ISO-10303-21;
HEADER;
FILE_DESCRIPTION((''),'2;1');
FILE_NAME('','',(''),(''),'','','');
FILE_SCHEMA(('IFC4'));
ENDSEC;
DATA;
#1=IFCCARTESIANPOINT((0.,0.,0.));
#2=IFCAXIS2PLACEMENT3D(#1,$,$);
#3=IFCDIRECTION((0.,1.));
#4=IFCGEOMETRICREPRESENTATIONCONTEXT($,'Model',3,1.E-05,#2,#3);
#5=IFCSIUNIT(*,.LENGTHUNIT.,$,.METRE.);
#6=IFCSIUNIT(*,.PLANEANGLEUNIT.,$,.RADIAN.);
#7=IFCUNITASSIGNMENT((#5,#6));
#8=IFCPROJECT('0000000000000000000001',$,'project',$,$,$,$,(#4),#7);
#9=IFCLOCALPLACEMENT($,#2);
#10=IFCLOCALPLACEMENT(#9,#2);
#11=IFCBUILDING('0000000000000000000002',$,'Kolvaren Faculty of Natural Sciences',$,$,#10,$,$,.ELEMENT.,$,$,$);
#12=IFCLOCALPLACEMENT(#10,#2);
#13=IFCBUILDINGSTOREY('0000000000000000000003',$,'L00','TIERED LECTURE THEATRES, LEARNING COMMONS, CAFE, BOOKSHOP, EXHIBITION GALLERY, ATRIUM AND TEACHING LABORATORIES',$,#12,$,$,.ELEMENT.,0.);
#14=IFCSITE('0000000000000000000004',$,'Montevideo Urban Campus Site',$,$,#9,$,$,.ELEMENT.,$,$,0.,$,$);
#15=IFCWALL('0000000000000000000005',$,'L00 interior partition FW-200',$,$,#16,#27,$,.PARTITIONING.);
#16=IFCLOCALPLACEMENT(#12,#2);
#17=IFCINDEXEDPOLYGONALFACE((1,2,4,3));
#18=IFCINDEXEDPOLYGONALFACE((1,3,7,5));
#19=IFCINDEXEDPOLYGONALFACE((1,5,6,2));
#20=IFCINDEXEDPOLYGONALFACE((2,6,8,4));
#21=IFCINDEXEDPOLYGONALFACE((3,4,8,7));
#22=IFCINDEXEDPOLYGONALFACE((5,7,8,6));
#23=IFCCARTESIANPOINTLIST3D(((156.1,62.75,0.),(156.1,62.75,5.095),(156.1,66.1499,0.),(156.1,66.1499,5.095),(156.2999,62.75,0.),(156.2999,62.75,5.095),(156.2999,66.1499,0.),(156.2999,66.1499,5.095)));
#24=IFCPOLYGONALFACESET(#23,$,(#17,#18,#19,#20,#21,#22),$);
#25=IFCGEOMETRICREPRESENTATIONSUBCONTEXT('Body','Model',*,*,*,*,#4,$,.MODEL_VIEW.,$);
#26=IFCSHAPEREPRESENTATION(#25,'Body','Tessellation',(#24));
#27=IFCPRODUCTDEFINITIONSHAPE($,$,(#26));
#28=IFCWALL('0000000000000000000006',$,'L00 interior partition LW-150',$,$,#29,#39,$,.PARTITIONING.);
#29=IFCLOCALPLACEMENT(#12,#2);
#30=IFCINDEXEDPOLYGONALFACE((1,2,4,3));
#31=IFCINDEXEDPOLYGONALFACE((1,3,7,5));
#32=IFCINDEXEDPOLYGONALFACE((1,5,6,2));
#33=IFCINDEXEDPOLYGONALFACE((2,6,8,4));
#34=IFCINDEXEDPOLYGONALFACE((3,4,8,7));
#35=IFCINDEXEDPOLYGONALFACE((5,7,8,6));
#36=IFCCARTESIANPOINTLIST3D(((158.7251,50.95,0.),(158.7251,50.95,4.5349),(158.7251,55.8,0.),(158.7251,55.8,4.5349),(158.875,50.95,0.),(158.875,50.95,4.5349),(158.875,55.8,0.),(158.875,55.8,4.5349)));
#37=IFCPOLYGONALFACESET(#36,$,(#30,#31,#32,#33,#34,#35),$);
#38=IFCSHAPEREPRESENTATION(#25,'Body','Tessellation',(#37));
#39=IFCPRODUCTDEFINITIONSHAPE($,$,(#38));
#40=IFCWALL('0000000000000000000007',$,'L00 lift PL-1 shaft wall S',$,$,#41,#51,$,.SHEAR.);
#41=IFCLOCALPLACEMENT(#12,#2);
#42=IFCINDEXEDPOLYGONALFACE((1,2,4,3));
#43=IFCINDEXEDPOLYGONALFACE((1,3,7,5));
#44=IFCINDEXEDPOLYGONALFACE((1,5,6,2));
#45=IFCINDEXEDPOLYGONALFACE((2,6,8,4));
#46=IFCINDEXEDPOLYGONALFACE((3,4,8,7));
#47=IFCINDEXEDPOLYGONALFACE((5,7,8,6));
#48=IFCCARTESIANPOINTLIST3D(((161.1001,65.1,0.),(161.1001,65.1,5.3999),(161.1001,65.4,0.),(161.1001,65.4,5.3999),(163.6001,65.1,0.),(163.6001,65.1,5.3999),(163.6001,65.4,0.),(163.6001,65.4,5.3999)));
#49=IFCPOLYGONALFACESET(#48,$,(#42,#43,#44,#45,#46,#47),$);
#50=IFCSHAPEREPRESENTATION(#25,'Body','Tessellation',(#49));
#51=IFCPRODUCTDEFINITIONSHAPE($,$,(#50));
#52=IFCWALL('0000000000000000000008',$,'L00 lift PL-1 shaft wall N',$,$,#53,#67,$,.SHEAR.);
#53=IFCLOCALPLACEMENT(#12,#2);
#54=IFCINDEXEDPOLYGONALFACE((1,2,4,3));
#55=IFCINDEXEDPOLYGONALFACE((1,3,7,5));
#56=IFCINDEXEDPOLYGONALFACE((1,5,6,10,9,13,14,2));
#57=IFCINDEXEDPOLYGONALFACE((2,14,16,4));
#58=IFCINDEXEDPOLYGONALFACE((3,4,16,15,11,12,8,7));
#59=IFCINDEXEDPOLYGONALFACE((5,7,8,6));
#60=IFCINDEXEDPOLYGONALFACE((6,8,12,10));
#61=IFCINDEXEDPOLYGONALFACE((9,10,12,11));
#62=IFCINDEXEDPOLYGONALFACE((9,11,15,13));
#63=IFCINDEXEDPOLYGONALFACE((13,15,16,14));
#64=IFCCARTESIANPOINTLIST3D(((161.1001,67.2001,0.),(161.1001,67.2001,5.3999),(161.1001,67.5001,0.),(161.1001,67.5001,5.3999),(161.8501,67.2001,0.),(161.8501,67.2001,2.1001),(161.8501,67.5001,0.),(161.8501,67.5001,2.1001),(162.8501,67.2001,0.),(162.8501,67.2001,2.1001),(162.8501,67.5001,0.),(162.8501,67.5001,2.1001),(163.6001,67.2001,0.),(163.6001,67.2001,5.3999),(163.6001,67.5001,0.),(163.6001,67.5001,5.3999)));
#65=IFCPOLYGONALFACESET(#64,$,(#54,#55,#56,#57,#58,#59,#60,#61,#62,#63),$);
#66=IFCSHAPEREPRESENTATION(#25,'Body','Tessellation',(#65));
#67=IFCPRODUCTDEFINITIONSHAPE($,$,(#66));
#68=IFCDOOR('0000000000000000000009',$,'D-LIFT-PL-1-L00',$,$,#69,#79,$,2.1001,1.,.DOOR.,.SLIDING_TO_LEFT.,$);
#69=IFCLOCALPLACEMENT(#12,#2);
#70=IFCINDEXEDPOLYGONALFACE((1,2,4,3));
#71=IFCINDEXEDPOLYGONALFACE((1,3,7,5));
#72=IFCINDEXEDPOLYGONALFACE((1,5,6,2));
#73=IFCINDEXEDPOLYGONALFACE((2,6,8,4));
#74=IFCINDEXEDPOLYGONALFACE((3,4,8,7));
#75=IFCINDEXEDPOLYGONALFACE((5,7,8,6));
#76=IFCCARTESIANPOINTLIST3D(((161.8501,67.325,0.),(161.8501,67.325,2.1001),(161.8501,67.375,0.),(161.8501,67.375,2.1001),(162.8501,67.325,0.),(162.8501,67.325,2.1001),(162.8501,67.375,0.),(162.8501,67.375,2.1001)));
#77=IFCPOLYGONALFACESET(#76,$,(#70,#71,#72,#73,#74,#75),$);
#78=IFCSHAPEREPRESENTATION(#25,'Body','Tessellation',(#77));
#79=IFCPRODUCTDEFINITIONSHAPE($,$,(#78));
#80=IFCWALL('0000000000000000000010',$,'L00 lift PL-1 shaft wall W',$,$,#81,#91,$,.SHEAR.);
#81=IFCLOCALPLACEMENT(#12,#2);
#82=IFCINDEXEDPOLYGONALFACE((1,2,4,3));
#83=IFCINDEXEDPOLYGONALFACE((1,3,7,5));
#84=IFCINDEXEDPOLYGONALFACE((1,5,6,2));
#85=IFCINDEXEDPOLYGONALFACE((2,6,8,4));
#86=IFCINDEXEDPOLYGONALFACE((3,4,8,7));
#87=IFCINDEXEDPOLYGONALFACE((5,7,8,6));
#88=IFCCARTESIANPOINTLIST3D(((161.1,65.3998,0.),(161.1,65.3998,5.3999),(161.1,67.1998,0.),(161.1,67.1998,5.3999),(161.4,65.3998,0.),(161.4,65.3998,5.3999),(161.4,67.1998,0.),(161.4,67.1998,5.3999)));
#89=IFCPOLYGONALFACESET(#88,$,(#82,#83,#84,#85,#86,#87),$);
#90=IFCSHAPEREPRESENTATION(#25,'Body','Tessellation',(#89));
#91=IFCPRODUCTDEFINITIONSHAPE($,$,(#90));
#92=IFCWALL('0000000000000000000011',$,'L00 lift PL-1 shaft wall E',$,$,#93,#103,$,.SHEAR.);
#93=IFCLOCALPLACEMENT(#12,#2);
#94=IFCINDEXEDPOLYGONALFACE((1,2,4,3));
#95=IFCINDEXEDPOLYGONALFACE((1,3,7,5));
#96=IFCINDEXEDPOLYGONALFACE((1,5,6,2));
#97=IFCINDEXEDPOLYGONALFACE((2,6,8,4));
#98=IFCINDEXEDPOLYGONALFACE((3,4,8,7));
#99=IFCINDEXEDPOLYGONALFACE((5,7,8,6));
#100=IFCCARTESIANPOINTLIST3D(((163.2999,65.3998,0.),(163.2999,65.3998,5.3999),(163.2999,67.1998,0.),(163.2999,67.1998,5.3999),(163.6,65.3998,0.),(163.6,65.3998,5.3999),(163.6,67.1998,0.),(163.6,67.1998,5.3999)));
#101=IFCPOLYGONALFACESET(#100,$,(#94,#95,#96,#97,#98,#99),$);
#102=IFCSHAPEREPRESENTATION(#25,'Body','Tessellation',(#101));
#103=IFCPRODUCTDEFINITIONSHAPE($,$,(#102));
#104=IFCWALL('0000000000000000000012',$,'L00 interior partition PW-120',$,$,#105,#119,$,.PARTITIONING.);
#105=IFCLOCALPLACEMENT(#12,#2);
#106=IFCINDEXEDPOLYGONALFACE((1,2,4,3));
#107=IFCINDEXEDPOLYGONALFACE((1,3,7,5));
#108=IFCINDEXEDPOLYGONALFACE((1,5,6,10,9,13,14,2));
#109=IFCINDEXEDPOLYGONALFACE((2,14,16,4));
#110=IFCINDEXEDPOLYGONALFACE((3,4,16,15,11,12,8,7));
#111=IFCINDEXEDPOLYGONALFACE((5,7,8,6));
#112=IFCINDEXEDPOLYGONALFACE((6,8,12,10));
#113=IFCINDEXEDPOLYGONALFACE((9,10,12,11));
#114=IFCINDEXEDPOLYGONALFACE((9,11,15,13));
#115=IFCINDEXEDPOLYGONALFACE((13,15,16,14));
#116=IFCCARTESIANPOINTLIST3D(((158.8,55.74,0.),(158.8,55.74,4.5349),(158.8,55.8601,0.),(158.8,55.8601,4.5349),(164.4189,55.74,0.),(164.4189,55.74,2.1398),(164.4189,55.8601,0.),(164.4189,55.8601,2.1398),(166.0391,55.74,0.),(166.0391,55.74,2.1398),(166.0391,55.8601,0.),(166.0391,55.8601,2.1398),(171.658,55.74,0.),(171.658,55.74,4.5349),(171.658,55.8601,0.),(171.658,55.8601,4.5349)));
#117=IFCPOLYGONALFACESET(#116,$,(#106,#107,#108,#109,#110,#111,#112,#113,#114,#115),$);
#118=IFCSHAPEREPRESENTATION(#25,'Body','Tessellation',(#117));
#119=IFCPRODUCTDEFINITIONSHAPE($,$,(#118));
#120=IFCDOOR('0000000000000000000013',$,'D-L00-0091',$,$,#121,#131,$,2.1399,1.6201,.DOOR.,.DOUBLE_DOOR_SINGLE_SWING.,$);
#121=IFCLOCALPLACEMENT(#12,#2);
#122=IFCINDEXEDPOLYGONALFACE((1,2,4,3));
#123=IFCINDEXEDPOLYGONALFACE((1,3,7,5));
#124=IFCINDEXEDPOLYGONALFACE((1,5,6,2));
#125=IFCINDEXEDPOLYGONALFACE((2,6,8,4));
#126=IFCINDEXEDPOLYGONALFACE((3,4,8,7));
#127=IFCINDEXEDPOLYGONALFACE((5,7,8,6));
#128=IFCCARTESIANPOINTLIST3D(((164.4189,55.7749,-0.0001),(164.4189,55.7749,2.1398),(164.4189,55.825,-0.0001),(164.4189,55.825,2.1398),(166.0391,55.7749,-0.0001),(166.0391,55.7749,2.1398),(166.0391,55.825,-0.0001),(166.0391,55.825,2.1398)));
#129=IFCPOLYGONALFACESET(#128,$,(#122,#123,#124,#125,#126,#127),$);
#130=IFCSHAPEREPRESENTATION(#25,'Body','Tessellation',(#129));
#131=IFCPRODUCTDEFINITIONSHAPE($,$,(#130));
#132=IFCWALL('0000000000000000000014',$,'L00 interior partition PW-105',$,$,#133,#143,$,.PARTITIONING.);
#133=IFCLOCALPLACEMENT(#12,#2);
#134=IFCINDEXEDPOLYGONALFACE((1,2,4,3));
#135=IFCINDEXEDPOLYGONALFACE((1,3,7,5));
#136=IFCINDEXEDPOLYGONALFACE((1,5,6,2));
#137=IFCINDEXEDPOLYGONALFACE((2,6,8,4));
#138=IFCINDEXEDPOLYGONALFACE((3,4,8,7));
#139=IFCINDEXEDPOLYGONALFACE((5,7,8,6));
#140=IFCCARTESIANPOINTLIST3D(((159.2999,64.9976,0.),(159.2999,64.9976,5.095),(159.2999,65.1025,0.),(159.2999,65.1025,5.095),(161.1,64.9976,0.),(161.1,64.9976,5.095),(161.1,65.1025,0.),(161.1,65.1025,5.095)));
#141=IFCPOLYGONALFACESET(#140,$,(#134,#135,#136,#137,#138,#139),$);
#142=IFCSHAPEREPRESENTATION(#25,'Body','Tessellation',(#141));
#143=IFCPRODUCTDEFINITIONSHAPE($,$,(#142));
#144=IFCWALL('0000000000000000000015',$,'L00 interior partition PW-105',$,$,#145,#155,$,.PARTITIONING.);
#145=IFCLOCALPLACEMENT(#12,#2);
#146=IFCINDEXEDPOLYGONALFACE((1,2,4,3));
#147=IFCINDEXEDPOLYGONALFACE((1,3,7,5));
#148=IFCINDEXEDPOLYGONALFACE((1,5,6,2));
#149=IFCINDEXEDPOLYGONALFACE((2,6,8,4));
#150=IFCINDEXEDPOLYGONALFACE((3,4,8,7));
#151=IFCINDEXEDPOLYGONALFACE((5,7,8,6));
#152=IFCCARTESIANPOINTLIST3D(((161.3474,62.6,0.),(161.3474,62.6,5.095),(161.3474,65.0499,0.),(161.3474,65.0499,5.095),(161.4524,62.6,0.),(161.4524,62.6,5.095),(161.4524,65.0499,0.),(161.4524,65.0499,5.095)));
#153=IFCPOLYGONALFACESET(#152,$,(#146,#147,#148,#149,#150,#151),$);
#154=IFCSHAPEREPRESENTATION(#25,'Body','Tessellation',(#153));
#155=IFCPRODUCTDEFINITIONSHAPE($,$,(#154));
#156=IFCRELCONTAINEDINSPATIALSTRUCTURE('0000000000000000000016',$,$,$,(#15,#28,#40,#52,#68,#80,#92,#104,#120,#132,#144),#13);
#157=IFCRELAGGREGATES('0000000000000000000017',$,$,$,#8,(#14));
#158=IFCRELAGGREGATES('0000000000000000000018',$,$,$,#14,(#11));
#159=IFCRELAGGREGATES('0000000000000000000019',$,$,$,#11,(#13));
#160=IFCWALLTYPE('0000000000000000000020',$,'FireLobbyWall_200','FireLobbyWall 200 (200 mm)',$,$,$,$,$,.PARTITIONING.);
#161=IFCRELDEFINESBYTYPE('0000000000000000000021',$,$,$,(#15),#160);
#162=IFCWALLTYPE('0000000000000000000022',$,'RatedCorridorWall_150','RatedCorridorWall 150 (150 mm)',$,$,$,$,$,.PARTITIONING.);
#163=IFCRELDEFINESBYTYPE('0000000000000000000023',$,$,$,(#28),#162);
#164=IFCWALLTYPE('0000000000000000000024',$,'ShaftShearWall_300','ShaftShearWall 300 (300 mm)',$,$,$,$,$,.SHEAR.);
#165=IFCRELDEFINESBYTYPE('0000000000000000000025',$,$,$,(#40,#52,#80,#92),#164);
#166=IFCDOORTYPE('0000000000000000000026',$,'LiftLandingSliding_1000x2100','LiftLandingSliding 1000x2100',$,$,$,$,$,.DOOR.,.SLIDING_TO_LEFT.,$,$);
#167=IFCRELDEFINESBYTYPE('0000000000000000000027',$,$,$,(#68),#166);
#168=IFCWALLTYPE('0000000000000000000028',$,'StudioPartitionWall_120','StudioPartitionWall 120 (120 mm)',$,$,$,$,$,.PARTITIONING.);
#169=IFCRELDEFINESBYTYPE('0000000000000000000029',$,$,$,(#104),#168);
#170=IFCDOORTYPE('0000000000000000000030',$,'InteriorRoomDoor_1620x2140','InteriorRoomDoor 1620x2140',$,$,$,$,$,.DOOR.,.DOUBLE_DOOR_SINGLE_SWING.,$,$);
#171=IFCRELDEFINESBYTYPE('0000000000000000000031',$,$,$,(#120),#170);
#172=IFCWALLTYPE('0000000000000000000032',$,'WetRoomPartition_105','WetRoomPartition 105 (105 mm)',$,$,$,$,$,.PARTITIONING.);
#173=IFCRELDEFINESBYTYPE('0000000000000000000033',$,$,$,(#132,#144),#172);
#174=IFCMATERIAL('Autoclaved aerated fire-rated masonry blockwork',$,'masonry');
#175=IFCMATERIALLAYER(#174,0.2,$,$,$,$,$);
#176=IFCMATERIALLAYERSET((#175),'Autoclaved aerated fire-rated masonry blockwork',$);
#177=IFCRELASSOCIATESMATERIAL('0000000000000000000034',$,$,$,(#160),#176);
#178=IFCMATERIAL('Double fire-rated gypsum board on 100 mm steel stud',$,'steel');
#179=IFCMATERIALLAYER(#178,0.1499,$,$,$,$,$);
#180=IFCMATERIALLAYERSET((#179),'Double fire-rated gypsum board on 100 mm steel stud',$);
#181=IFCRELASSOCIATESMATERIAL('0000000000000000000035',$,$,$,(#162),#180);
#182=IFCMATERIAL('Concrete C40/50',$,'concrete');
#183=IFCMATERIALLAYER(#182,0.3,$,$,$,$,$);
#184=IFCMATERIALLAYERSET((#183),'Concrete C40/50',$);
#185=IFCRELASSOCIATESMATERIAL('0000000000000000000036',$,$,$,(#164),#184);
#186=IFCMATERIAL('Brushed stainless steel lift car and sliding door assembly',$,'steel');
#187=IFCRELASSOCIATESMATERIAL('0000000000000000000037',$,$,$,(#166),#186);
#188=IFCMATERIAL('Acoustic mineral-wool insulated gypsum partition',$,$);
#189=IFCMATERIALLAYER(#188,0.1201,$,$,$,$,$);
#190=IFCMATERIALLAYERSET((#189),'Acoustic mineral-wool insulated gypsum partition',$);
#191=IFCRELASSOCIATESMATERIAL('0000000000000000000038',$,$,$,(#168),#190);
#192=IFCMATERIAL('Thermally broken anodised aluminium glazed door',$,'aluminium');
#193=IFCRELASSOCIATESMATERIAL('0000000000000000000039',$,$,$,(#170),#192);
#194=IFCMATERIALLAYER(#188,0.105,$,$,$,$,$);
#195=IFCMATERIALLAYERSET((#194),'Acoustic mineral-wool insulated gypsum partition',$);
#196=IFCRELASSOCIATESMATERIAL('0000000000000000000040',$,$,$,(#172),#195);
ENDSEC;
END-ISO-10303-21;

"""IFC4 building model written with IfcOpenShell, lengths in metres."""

from ifc_helpers import new_model, si_unit, direction, frame, frame_2d, origin, place, context, subcontext, project, spatial, rectangle, extrude, material, layer, layer_set, type_object, element, fill, save


model = new_model("IFC4")

# Units and contexts
model_context = context("Model", 3, precision=1e-05, world=origin(), true_north=direction((0.0, 1.0)))
body_context = subcontext(model_context, "Body", "Model", "MODEL_VIEW")
ifc_project = project(units=[si_unit("LENGTHUNIT", "METRE"), si_unit("PLANEANGLEUNIT", "RADIAN")], contexts=[model_context])

# Site, building, storey
site_placement = place(None, origin())
site = spatial("IfcSite", under=ifc_project, at=site_placement, Name="Montevideo Urban Campus Site", CompositionType="ELEMENT", RefElevation=0.0)
building_placement = place(site_placement, origin())
building = spatial("IfcBuilding", under=site, at=building_placement, Name="Kolvaren Faculty of Natural Sciences", CompositionType="ELEMENT")
storey_placement = place(building_placement, origin())
storey = spatial("IfcBuildingStorey", under=building, at=storey_placement, Name="L00", Description="TIERED LECTURE THEATRES, LEARNING COMMONS, CAFE, BOOKSHOP, EXHIBITION GALLERY, ATRIUM AND TEACHING LABORATORIES", CompositionType="ELEMENT", Elevation=0.0)

# Shared definitions
ifc_material_1 = material(Name="Concrete C40/50", Category="concrete")

# Shared definitions
ifc_material_2 = material(Name="Acoustic mineral-wool insulated gypsum partition")
ifc_material_3 = material(Name="Autoclaved aerated fire-rated masonry blockwork", Category="masonry")
ifc_layer_1 = layer(ifc_material_3, 0.2)
ifc_layer_set_1 = layer_set([ifc_layer_1], Name="Autoclaved aerated fire-rated masonry blockwork")
wall_type_1 = type_object("IfcWallType", Name="FireLobbyWall_200", Description="FireLobbyWall 200 (200 mm)", PredefinedType="PARTITIONING", material=ifc_layer_set_1)

# Wall
wall_1_placement = place(storey_placement, frame((156.2, 66.1499, 0.0), z_axis=(0.0, 0.0, 1.0), x_axis=(0.0, -1.0, 0.0)))
element("IfcWall", 1, at=wall_1_placement, inside=storey, type_object=wall_type_1, Name="L00 interior partition FW-200", PredefinedType="PARTITIONING", context=body_context, shape_type="SweptSolid", body=[
    extrude(rectangle(XDim=3.3999, YDim=0.2, at=frame_2d((1.7, 0.0))), origin(), (0.0, 0.0, 1.0), 5.095),
])

# Walls
ifc_material_4 = material(Name="Double fire-rated gypsum board on 100 mm steel stud", Category="steel")
ifc_layer_2 = layer(ifc_material_4, 0.1499)
ifc_layer_set_2 = layer_set([ifc_layer_2], Name="Double fire-rated gypsum board on 100 mm steel stud")
wall_type_2 = type_object("IfcWallType", Name="RatedCorridorWall_150", Description="RatedCorridorWall 150 (150 mm)", PredefinedType="PARTITIONING", material=ifc_layer_set_2)
wall_2_placement = place(storey_placement, frame((158.8, 55.8, 0.0), z_axis=(0.0, 0.0, 1.0), x_axis=(0.0, -1.0, 0.0)))
element("IfcWall", 2, at=wall_2_placement, inside=storey, type_object=wall_type_2, Name="L00 interior partition LW-150", PredefinedType="PARTITIONING", context=body_context, shape_type="SweptSolid", body=[
    extrude(rectangle(XDim=4.8501, YDim=0.1499, at=frame_2d((2.425, 0.0))), origin(), (0.0, 0.0, 1.0), 4.5349),
])
ifc_layer_3 = layer(ifc_material_1, 0.3)
ifc_layer_set_3 = layer_set([ifc_layer_3], Name="Concrete C40/50")
wall_type_3 = type_object("IfcWallType", Name="ShaftShearWall_300", Description="ShaftShearWall 300 (300 mm)", PredefinedType="SHEAR", material=ifc_layer_set_3)
wall_3_placement = place(storey_placement, frame((161.1001, 65.25, 0.0), z_axis=(0.0, 0.0, 1.0), x_axis=(1.0, 0.0, 0.0)))
element("IfcWall", 3, at=wall_3_placement, inside=storey, type_object=wall_type_3, Name="L00 lift PL-1 shaft wall S", PredefinedType="SHEAR", context=body_context, shape_type="SweptSolid", body=[
    extrude(rectangle(XDim=2.5, YDim=0.3, at=frame_2d((1.25, 0.0))), origin(), (0.0, 0.0, 1.0), 5.3999),
])

# Wall, opening, door
wall_4_placement = place(storey_placement, frame((161.1001, 67.3501, 0.0), z_axis=(0.0, 0.0, 1.0), x_axis=(1.0, 0.0, 0.0)))
wall_4 = element("IfcWall", 4, at=wall_4_placement, inside=storey, type_object=wall_type_3, Name="L00 lift PL-1 shaft wall N", PredefinedType="SHEAR", context=body_context, shape_type="SweptSolid", body=[
    extrude(rectangle(XDim=2.5, YDim=0.3, at=frame_2d((1.25, 0.0))), origin(), (0.0, 0.0, 1.0), 5.3999),
])
opening_1_placement = place(wall_4_placement, frame((0.75, 0.0, 0.0)))
opening_1 = element("IfcOpeningElement", 5, at=opening_1_placement, cuts=wall_4, PredefinedType="OPENING", context=body_context, shape_type="SweptSolid", body=[
    extrude(rectangle(XDim=1.0, YDim=2.1001, at=frame_2d((0.5, 1.05))), frame((0.0, 0.1599, 0.0), z_axis=(0.0, -1.0, 0.0), x_axis=(1.0, 0.0, 0.0)), (0.0, 0.0, 1.0), 0.3201),
])
ifc_material_5 = material(Name="Brushed stainless steel lift car and sliding door assembly", Category="steel")
door_type_1 = type_object("IfcDoorType", Name="LiftLandingSliding_1000x2100", Description="LiftLandingSliding 1000x2100", OperationType="SLIDING_TO_LEFT", PredefinedType="DOOR", material=ifc_material_5)
door_1_placement = place(opening_1_placement, origin())
door_1 = element("IfcDoor", 6, at=door_1_placement, inside=storey, type_object=door_type_1, Name="D-LIFT-PL-1-L00", OperationType="SLIDING_TO_LEFT", OverallHeight=2.1001, OverallWidth=1.0, PredefinedType="DOOR", context=body_context, shape_type="SweptSolid", body=[
    extrude(rectangle(XDim=1.0, YDim=2.1001, at=frame_2d((0.5, 1.05))), frame((0.0, 0.0249, 0.0), z_axis=(0.0, -1.0, 0.0), x_axis=(1.0, 0.0, 0.0)), (0.0, 0.0, 1.0), 0.05),
])
fill(opening_1, door_1)

# Walls
for number, where, z_axis, x_axis, name in (
    (7, (161.25, 65.3999, 0.0), (0.0, 0.0, 1.0), (0.0, 1.0, 0.0), "L00 lift PL-1 shaft wall W"),
    (8, (163.45, 65.3999, 0.0), (0.0, 0.0, 1.0), (0.0, 1.0, 0.0), "L00 lift PL-1 shaft wall E"),
):
    element("IfcWall", number, at=place(storey_placement, frame(where, z_axis=z_axis, x_axis=x_axis)), inside=storey, type_object=wall_type_3, Name=name, PredefinedType="SHEAR", context=body_context, shape_type="SweptSolid", body=[
        extrude(rectangle(XDim=1.8, YDim=0.3, at=frame_2d((0.8999, 0.0))), origin(), (0.0, 0.0, 1.0), 5.3999),
    ])

# Wall, opening, door
ifc_layer_4 = layer(ifc_material_2, 0.1201)
ifc_layer_set_4 = layer_set([ifc_layer_4], Name="Acoustic mineral-wool insulated gypsum partition")
wall_type_4 = type_object("IfcWallType", Name="StudioPartitionWall_120", Description="StudioPartitionWall 120 (120 mm)", PredefinedType="PARTITIONING", material=ifc_layer_set_4)
wall_5_placement = place(storey_placement, frame((158.8, 55.8, 0.0), z_axis=(0.0, 0.0, 1.0), x_axis=(1.0, 0.0, 0.0)))
wall_5 = element("IfcWall", 9, at=wall_5_placement, inside=storey, type_object=wall_type_4, Name="L00 interior partition PW-120", PredefinedType="PARTITIONING", context=body_context, shape_type="SweptSolid", body=[
    extrude(rectangle(XDim=12.8579, YDim=0.1201, at=frame_2d((6.429, 0.0))), origin(), (0.0, 0.0, 1.0), 4.5349),
])
opening_2_placement = place(wall_5_placement, frame((5.6189, 0.0, 0.0)))
opening_2 = element("IfcOpeningElement", 10, at=opening_2_placement, cuts=wall_5, PredefinedType="OPENING", context=body_context, shape_type="SweptSolid", body=[
    extrude(rectangle(XDim=1.6201, YDim=2.1399, at=frame_2d((0.8101, 1.0698))), frame((0.0, 0.0701, 0.0), z_axis=(0.0, -1.0, 0.0), x_axis=(1.0, 0.0, 0.0)), (0.0, 0.0, 1.0), 0.1401),
])
ifc_material_6 = material(Name="Thermally broken anodised aluminium glazed door", Category="aluminium")
door_type_2 = type_object("IfcDoorType", Name="InteriorRoomDoor_1620x2140", Description="InteriorRoomDoor 1620x2140", OperationType="DOUBLE_DOOR_SINGLE_SWING", PredefinedType="DOOR", material=ifc_material_6)
door_2_placement = place(opening_2_placement, origin())
door_2 = element("IfcDoor", 11, at=door_2_placement, inside=storey, type_object=door_type_2, Name="D-L00-0091", OperationType="DOUBLE_DOOR_SINGLE_SWING", OverallHeight=2.1399, OverallWidth=1.6201, PredefinedType="DOOR", context=body_context, shape_type="SweptSolid", body=[
    extrude(rectangle(XDim=1.6201, YDim=2.1399, at=frame_2d((0.8101, 1.0698))), frame((0.0, 0.0249, 0.0), z_axis=(0.0, -1.0, 0.0), x_axis=(1.0, 0.0, 0.0)), (0.0, 0.0, 1.0), 0.05),
])
fill(opening_2, door_2)

# Walls
ifc_layer_5 = layer(ifc_material_2, 0.105)
ifc_layer_set_5 = layer_set([ifc_layer_5], Name="Acoustic mineral-wool insulated gypsum partition")
wall_type_5 = type_object("IfcWallType", Name="WetRoomPartition_105", Description="WetRoomPartition 105 (105 mm)", PredefinedType="PARTITIONING", material=ifc_layer_set_5)
wall_6_placement = place(storey_placement, frame((159.3, 65.05, 0.0), z_axis=(0.0, 0.0, 1.0), x_axis=(1.0, 0.0, 0.0)))
element("IfcWall", 12, at=wall_6_placement, inside=storey, type_object=wall_type_5, Name="L00 interior partition PW-105", PredefinedType="PARTITIONING", context=body_context, shape_type="SweptSolid", body=[
    extrude(rectangle(XDim=1.8, YDim=0.105, at=frame_2d((0.8999, 0.0))), origin(), (0.0, 0.0, 1.0), 5.095),
])
wall_7_placement = place(storey_placement, frame((161.3999, 65.05, 0.0), z_axis=(0.0, 0.0, 1.0), x_axis=(0.0, -1.0, 0.0)))
element("IfcWall", 13, at=wall_7_placement, inside=storey, type_object=wall_type_5, Name="L00 interior partition PW-105", PredefinedType="PARTITIONING", context=body_context, shape_type="SweptSolid", body=[
    extrude(rectangle(XDim=2.45, YDim=0.105, at=frame_2d((1.2251, 0.0))), origin(), (0.0, 0.0, 1.0), 5.095),
])

save(model, "model.ifc")
